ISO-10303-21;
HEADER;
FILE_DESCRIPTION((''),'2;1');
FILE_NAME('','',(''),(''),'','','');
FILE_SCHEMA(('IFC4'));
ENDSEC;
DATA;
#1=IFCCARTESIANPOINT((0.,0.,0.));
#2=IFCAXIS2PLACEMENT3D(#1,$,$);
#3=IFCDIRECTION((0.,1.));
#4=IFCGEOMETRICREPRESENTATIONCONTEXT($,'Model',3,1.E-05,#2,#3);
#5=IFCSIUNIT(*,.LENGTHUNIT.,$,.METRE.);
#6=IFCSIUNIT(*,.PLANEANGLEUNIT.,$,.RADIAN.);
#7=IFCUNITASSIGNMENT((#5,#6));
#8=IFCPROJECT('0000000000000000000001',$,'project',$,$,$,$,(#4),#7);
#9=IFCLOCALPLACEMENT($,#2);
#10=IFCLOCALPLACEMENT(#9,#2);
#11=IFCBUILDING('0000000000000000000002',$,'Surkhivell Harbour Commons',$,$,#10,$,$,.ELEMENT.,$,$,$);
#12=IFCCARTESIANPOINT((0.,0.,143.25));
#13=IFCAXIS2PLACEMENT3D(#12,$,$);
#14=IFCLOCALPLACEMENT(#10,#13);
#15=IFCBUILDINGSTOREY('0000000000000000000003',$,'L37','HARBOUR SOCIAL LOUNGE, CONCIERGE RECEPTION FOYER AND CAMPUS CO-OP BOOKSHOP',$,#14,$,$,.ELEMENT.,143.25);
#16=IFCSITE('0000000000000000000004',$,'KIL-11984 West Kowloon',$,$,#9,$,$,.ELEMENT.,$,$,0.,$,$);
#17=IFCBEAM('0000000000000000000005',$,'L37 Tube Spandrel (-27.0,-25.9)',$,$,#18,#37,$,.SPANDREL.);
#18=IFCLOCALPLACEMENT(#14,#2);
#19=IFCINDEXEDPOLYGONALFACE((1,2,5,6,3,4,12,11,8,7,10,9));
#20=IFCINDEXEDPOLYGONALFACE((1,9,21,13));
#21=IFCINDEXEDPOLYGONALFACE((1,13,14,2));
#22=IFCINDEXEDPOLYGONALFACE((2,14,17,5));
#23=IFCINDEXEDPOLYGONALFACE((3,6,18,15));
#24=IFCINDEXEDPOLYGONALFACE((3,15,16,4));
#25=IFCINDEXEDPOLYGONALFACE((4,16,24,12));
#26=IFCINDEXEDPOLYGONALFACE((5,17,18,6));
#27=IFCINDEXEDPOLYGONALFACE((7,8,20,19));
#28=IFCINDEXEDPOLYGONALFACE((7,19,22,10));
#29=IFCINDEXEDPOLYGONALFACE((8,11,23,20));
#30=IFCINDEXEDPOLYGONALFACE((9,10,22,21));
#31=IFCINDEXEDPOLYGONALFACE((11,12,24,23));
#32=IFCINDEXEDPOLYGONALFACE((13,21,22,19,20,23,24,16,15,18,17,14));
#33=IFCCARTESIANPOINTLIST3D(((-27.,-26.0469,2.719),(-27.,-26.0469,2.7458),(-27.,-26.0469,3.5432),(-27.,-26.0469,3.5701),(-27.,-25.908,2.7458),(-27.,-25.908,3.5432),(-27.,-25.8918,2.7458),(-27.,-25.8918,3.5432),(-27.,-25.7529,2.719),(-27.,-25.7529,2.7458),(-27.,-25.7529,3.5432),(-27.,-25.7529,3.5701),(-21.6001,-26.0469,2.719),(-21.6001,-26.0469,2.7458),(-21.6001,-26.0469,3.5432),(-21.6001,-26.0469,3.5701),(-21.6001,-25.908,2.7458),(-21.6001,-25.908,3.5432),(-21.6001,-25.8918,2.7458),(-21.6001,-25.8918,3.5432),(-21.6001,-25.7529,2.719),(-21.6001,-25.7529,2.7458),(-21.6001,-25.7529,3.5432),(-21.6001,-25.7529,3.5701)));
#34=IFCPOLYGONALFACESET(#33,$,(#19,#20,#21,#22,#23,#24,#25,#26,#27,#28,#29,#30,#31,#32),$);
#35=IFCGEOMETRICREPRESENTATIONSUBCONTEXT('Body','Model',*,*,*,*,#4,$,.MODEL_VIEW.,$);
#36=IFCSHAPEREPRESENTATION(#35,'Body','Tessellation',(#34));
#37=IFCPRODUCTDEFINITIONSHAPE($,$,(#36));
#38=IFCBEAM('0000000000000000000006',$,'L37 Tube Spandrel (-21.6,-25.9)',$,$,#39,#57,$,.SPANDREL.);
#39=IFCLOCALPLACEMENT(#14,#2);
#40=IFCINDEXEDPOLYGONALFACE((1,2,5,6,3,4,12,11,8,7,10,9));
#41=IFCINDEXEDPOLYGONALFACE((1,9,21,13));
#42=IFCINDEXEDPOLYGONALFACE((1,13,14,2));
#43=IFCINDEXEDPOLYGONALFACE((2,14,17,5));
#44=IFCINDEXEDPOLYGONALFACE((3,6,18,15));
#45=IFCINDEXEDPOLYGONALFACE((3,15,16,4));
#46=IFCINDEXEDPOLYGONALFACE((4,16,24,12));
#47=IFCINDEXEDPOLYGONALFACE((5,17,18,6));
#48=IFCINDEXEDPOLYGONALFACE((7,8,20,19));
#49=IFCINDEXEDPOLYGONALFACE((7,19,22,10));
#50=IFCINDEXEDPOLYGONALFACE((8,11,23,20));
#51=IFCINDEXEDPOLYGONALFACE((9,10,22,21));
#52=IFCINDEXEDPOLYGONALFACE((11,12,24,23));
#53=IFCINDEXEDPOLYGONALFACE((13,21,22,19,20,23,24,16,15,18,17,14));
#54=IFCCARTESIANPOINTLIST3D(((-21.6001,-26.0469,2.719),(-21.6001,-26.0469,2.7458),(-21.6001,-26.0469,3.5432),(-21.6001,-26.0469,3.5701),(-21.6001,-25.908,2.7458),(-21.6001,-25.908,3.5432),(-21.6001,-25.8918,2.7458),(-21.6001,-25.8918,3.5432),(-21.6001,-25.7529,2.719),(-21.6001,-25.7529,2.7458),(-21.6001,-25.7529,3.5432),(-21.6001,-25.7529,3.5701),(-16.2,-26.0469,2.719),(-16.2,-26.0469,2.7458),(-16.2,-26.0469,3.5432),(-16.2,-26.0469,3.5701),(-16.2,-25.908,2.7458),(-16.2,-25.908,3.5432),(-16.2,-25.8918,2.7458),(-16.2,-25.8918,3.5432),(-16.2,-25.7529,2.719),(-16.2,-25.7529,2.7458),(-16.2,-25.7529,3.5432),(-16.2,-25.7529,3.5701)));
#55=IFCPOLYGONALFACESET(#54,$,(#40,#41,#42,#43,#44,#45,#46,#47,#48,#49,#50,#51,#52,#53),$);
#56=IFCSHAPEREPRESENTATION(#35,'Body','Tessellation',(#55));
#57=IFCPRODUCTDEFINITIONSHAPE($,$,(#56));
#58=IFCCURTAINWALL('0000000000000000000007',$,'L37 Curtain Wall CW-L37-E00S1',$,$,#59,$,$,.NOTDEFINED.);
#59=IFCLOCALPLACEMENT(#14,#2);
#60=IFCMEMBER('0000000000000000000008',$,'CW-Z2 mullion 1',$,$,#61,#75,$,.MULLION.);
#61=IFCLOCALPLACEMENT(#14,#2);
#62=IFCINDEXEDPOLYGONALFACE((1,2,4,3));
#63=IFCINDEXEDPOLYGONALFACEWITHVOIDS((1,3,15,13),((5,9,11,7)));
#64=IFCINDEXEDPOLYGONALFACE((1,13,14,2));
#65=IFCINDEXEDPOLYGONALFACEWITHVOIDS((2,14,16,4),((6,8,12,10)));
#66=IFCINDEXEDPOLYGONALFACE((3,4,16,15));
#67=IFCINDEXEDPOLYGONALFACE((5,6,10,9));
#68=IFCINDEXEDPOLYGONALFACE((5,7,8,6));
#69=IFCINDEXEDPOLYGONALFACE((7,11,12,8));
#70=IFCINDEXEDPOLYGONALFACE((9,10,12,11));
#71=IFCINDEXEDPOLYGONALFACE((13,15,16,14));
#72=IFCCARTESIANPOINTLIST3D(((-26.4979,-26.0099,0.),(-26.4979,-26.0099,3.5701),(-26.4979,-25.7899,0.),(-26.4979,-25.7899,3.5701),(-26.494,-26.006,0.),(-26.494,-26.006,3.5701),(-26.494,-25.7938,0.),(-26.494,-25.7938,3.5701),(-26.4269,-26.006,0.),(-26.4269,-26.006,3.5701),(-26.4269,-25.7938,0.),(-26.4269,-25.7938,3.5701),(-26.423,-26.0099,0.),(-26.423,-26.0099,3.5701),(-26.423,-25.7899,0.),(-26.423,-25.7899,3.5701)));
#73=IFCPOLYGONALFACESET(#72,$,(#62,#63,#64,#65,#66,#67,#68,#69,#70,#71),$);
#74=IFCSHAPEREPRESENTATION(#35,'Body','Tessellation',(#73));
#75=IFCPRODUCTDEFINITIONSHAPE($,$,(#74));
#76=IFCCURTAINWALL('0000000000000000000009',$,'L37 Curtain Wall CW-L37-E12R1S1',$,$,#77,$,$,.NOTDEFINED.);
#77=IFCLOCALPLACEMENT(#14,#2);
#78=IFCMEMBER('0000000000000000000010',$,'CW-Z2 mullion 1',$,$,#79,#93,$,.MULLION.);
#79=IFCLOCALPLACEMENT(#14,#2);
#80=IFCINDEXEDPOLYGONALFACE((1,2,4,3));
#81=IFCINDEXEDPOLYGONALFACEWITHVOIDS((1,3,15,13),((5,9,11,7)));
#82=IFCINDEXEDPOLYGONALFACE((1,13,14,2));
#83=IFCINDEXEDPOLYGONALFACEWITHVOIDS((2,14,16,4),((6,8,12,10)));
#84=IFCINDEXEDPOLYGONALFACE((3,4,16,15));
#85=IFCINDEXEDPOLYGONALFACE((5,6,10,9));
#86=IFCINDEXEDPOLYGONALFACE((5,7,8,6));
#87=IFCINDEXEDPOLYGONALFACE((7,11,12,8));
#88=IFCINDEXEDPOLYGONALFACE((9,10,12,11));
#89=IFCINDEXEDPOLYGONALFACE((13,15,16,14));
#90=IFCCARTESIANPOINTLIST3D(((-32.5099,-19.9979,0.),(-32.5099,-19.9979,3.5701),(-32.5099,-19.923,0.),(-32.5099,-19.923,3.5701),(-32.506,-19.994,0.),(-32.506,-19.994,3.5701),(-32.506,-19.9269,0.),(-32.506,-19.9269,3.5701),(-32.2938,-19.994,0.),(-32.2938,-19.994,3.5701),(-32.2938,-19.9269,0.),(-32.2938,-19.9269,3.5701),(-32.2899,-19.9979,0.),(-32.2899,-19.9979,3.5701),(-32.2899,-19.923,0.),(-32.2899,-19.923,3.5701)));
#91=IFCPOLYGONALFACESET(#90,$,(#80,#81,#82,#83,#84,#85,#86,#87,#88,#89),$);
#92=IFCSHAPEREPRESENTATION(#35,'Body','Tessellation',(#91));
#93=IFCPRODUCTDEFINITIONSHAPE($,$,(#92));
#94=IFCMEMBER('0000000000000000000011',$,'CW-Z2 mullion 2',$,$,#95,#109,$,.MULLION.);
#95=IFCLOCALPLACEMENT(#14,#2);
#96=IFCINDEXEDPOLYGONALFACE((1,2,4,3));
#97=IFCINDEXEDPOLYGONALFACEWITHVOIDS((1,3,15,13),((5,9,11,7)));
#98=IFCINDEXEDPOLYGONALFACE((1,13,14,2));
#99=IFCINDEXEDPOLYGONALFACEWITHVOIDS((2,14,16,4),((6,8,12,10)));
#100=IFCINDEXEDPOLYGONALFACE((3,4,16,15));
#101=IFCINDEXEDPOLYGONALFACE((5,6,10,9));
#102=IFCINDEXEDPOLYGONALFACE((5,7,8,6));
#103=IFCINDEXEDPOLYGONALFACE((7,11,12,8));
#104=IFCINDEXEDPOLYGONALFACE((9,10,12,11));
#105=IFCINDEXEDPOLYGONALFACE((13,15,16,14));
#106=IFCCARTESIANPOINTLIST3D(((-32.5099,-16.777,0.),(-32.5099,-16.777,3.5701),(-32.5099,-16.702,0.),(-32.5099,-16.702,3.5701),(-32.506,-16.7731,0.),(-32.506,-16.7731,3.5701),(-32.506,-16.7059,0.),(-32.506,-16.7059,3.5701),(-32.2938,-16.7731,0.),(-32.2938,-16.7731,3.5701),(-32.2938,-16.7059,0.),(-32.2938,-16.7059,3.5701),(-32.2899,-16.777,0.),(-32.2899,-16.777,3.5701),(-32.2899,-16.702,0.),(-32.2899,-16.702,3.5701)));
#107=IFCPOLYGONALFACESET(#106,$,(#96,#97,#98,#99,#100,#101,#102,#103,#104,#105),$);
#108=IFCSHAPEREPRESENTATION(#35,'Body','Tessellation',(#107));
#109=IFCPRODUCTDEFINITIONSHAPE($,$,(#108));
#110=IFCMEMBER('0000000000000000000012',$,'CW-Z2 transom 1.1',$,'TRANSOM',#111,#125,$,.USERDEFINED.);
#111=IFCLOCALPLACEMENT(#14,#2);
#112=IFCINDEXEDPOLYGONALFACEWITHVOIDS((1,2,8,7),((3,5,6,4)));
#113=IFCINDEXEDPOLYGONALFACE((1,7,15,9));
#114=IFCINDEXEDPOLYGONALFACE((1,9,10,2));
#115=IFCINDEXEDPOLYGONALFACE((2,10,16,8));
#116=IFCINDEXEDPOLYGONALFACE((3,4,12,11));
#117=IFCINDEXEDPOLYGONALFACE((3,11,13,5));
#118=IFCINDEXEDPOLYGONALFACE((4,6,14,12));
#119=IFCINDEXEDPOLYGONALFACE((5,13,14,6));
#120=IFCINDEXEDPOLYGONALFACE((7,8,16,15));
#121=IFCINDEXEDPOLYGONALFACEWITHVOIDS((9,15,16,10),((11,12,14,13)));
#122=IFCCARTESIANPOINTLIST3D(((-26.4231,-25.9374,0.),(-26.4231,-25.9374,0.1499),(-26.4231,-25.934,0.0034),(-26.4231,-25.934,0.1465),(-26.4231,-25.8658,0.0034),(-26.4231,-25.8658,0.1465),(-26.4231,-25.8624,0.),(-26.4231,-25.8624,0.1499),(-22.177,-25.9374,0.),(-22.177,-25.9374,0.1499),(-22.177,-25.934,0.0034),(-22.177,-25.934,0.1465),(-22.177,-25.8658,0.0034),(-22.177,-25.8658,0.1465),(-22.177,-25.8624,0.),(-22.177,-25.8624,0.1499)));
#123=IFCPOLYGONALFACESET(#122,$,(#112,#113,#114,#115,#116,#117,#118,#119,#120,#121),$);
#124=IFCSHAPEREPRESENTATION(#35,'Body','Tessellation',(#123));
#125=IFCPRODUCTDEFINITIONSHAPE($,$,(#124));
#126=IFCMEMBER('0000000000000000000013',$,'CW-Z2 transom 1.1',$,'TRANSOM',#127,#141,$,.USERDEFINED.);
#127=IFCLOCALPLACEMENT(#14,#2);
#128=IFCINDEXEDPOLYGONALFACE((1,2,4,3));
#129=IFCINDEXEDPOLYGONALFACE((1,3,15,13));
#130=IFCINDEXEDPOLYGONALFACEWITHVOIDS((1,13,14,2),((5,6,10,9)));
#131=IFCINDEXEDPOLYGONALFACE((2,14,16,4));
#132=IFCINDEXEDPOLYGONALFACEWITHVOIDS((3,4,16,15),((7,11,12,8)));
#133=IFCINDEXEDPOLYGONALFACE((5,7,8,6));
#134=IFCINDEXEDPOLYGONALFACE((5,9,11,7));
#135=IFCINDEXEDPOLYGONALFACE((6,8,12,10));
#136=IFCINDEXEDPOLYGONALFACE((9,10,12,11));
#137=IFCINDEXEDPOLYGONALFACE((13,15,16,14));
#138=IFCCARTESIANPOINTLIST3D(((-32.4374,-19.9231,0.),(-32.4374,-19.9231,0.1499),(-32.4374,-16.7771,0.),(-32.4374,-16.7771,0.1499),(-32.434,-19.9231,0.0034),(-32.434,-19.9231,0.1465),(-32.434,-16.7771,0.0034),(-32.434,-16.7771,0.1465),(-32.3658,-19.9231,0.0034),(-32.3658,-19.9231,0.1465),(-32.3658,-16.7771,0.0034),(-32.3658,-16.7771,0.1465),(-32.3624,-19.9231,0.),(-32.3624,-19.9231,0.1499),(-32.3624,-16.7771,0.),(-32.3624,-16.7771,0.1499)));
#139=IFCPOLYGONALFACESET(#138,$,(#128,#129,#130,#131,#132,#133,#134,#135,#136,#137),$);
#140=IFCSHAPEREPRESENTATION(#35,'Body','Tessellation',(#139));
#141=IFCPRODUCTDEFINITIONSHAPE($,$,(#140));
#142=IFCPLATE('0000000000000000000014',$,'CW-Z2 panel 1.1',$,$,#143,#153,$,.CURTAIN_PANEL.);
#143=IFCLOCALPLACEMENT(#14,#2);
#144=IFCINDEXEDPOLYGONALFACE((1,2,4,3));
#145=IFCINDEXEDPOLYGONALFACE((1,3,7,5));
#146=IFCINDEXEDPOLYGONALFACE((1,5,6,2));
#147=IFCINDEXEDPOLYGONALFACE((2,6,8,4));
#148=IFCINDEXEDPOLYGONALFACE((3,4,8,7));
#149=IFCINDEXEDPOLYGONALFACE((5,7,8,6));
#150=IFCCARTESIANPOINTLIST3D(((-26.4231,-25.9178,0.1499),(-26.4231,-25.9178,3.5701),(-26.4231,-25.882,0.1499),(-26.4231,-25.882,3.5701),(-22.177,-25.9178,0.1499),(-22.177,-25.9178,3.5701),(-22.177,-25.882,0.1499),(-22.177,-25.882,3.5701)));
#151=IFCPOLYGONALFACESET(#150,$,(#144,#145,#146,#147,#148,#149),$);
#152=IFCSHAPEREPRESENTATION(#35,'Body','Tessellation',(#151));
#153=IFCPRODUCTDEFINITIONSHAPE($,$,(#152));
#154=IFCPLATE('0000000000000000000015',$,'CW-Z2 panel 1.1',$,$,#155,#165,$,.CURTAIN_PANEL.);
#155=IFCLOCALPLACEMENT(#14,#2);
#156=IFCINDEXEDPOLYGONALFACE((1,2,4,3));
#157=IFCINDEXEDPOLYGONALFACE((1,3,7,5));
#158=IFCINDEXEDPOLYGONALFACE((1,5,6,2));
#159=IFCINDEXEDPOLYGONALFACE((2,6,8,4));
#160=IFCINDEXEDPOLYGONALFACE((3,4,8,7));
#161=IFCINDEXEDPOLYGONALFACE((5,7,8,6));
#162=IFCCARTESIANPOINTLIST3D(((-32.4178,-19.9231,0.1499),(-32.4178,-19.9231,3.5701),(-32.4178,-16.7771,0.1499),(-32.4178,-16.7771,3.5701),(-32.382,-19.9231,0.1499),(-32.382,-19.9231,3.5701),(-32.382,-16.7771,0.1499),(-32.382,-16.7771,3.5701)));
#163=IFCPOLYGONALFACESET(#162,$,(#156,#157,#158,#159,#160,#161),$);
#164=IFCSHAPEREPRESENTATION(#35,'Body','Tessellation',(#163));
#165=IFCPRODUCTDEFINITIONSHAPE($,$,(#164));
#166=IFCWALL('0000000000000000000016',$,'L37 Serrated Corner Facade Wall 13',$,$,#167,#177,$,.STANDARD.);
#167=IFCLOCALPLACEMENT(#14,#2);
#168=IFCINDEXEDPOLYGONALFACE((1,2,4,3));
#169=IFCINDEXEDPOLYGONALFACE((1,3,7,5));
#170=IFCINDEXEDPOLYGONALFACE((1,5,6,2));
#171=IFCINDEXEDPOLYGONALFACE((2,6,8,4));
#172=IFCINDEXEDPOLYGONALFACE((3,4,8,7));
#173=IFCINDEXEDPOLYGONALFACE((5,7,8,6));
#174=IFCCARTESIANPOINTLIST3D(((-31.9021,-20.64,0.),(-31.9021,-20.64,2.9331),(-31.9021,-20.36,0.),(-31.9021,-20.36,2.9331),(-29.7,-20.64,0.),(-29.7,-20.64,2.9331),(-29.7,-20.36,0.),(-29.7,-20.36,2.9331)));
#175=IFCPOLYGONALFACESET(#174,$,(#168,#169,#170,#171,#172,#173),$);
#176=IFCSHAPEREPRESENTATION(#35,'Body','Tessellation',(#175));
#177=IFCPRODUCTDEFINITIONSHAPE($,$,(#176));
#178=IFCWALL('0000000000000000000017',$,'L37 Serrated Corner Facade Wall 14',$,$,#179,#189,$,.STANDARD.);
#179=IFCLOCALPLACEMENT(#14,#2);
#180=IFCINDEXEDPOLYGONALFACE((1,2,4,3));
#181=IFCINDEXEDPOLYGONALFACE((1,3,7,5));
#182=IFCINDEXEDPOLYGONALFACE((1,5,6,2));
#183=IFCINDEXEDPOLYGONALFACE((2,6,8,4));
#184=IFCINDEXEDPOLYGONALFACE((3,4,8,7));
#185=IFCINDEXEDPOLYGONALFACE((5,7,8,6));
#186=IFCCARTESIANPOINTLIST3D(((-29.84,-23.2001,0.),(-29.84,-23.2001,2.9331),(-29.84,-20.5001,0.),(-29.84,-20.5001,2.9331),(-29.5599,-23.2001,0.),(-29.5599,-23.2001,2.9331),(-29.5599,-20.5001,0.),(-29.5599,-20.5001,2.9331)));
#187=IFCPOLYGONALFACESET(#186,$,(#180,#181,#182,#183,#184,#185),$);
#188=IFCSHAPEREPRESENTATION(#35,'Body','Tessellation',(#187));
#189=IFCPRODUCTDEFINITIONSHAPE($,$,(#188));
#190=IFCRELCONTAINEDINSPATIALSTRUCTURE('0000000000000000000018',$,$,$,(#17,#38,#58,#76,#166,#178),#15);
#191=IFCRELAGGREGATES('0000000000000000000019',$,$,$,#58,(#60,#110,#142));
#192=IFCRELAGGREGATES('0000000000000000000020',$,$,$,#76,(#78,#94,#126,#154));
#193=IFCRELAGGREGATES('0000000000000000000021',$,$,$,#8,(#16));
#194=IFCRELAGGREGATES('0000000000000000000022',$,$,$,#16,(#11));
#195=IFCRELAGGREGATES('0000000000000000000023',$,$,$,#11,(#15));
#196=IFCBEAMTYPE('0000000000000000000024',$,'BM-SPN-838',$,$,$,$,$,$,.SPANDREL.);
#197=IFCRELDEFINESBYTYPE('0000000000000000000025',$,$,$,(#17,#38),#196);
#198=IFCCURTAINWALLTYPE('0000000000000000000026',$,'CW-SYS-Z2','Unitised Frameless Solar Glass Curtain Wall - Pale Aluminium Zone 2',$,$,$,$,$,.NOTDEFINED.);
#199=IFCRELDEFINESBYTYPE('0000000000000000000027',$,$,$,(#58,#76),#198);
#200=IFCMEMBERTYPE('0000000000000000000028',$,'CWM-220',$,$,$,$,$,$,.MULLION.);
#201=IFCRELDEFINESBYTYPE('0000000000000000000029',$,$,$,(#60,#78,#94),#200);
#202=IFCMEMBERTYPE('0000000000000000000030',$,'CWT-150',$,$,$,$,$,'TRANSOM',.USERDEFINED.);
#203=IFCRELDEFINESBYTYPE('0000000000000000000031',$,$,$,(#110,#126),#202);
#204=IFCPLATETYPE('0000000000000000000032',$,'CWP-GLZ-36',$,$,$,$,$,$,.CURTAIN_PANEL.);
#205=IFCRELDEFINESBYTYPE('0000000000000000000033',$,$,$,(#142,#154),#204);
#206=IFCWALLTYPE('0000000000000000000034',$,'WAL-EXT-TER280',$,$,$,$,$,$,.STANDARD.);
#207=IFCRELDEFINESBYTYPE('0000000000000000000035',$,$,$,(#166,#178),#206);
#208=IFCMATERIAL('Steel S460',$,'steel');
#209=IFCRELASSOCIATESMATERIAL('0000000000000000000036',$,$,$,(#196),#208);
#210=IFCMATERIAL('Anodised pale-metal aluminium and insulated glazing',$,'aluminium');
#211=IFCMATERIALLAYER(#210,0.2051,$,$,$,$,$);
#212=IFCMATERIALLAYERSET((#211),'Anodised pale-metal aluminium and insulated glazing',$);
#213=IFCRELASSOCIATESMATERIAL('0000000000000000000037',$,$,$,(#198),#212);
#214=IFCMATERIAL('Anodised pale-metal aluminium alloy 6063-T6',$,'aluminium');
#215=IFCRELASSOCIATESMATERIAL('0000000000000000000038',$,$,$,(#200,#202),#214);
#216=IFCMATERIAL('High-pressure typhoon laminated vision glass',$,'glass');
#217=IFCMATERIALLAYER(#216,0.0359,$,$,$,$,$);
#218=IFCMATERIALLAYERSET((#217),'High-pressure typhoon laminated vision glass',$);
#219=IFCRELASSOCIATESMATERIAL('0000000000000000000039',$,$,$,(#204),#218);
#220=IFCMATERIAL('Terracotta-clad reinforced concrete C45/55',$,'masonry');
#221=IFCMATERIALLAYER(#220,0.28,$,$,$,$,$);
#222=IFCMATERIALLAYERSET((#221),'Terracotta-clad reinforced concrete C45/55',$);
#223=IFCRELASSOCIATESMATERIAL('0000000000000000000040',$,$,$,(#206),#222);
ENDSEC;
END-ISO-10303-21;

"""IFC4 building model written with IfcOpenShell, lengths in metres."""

from ifc_helpers import new_model, si_unit, direction, frame, frame_2d, origin, origin_2d, place, context, subcontext, project, spatial, rectangle, hollow_rectangle, i_section, extrude, material, layer, layer_set, material_profile, profile_set, type_object, element, aggregate, save


model = new_model("IFC4")

# Units and contexts
model_context = context("Model", 3, precision=1e-05, world=origin(), true_north=direction((0.0, 1.0)))
body_context = subcontext(model_context, "Body", "Model", "MODEL_VIEW")
ifc_project = project(units=[si_unit("LENGTHUNIT", "METRE"), si_unit("PLANEANGLEUNIT", "RADIAN")], contexts=[model_context])

# Site, building, storey
site_placement = place(None, origin())
site = spatial("IfcSite", under=ifc_project, at=site_placement, Name="KIL-11984 West Kowloon", CompositionType="ELEMENT", RefElevation=0.0)
building_placement = place(site_placement, origin())
building = spatial("IfcBuilding", under=site, at=building_placement, Name="Surkhivell Harbour Commons", CompositionType="ELEMENT")
storey_placement = place(building_placement, frame((0.0, 0.0, 143.25)))
storey = spatial("IfcBuildingStorey", under=building, at=storey_placement, Name="L37", Description="HARBOUR SOCIAL LOUNGE, CONCIERGE RECEPTION FOYER AND CAMPUS CO-OP BOOKSHOP", CompositionType="ELEMENT", Elevation=143.25)

# Beams
ifc_material_1 = material(Name="Steel S460", Category="steel")
ifc_material_profile_1 = material_profile(ifc_material_1, i_section(OverallWidth=0.2939, OverallDepth=0.8511, WebThickness=0.0161, FlangeThickness=0.0269, at=origin_2d()), Name="UB838x292x226")
ifc_profile_set_1 = profile_set([ifc_material_profile_1], Name="Steel S460")
beam_type_1 = type_object("IfcBeamType", Name="BM-SPN-838", PredefinedType="SPANDREL", material=ifc_profile_set_1)
for number, where, z_axis, x_axis, name in (
    (1, (-27.0, -25.8999, 3.1445), (1.0, 0.0, 0.0), (0.0, 1.0, 0.0), "L37 Tube Spandrel (-27.0,-25.9)"),
):
    element("IfcBeam", number, at=place(storey_placement, frame(where, z_axis=z_axis, x_axis=x_axis)), inside=storey, type_object=beam_type_1, Name=name, PredefinedType="SPANDREL", context=body_context, shape_type="SweptSolid", body=[
        extrude(i_section(OverallWidth=0.2939, OverallDepth=0.8511, WebThickness=0.0161, FlangeThickness=0.0269, at=origin_2d()), origin(), (0.0, 0.0, 1.0), 5.3999),
    ])
beam_1_placement = place(storey_placement, frame((-21.6001, -25.8999, 3.1445), z_axis=(1.0, 0.0, 0.0), x_axis=(0.0, 1.0, 0.0)))
element("IfcBeam", 2, at=beam_1_placement, inside=storey, type_object=beam_type_1, Name="L37 Tube Spandrel (-21.6,-25.9)", PredefinedType="SPANDREL", context=body_context, shape_type="SweptSolid", body=[
    extrude(i_section(OverallWidth=0.2939, OverallDepth=0.8511, WebThickness=0.0161, FlangeThickness=0.0269, at=origin_2d()), origin(), (0.0, 0.0, 1.0), 5.4001),
])

# Curtain wall, member
ifc_material_2 = material(Name="Anodised pale-metal aluminium and insulated glazing", Category="aluminium")
ifc_layer_1 = layer(ifc_material_2, 0.2051)
ifc_layer_set_1 = layer_set([ifc_layer_1], Name="Anodised pale-metal aluminium and insulated glazing")
curtain_wall_type = type_object("IfcCurtainWallType", Name="CW-SYS-Z2", Description="Unitised Frameless Solar Glass Curtain Wall - Pale Aluminium Zone 2", PredefinedType="NOTDEFINED", material=ifc_layer_set_1)
curtain_wall_1_placement = place(storey_placement, origin())
curtain_wall_1 = element("IfcCurtainWall", 3, at=curtain_wall_1_placement, inside=storey, type_object=curtain_wall_type, Name="L37 Curtain Wall CW-L37-E00S1", PredefinedType="NOTDEFINED")
ifc_material_3 = material(Name="Anodised pale-metal aluminium alloy 6063-T6", Category="aluminium")
ifc_material_profile_2 = material_profile(ifc_material_3, hollow_rectangle(XDim=0.075, YDim=0.22, WallThickness=0.0039, at=origin_2d()), Name="ALU-MULL-75x220")
ifc_profile_set_2 = profile_set([ifc_material_profile_2], Name="Anodised pale-metal aluminium alloy 6063-T6")
member_type_1 = type_object("IfcMemberType", Name="CWM-220", PredefinedType="MULLION", material=ifc_profile_set_2)
member_1_placement = place(storey_placement, frame((-26.4604, -25.8999, 0.0), z_axis=(0.0, 0.0, 1.0), x_axis=(1.0, 0.0, 0.0)))
member_1 = element("IfcMember", 4, at=member_1_placement, type_object=member_type_1, Name="CW-Z2 mullion 1", PredefinedType="MULLION", context=body_context, shape_type="SweptSolid", body=[
    extrude(hollow_rectangle(XDim=0.075, YDim=0.22, WallThickness=0.0039, at=origin_2d()), origin(), (0.0, 0.0, 1.0), 3.5701),
])

# Curtain wall, members
curtain_wall_2_placement = place(storey_placement, origin())
curtain_wall_2 = element("IfcCurtainWall", 5, at=curtain_wall_2_placement, inside=storey, type_object=curtain_wall_type, Name="L37 Curtain Wall CW-L37-E12R1S1", PredefinedType="NOTDEFINED")
member_2_placement = place(storey_placement, frame((-32.3999, -19.9604, 0.0), z_axis=(0.0, 0.0, 1.0), x_axis=(0.0, 1.0, 0.0)))
member_2 = element("IfcMember", 6, at=member_2_placement, type_object=member_type_1, Name="CW-Z2 mullion 1", PredefinedType="MULLION", context=body_context, shape_type="SweptSolid", body=[
    extrude(hollow_rectangle(XDim=0.075, YDim=0.22, WallThickness=0.0039, at=origin_2d()), origin(), (0.0, 0.0, 1.0), 3.5701),
])
member_3_placement = place(storey_placement, frame((-32.3999, -16.7395, 0.0), z_axis=(0.0, 0.0, 1.0), x_axis=(0.0, 1.0, 0.0)))
member_3 = element("IfcMember", 7, at=member_3_placement, type_object=member_type_1, Name="CW-Z2 mullion 2", PredefinedType="MULLION", context=body_context, shape_type="SweptSolid", body=[
    extrude(hollow_rectangle(XDim=0.075, YDim=0.22, WallThickness=0.0039, at=origin_2d()), origin(), (0.0, 0.0, 1.0), 3.5701),
])

# Members
ifc_material_profile_3 = material_profile(ifc_material_3, hollow_rectangle(XDim=0.075, YDim=0.1499, WallThickness=0.0034, at=origin_2d()), Name="ALU-TRAN-75x150")
ifc_profile_set_3 = profile_set([ifc_material_profile_3], Name="Anodised pale-metal aluminium alloy 6063-T6")
member_type_2 = type_object("IfcMemberType", Name="CWT-150", ElementType="TRANSOM", PredefinedType="USERDEFINED", material=ifc_profile_set_3)
member_4_placement = place(storey_placement, frame((-26.4231, -25.8999, 0.075), z_axis=(1.0, 0.0, 0.0), x_axis=(0.0, 1.0, 0.0)))
member_4 = element("IfcMember", 8, at=member_4_placement, type_object=member_type_2, Name="CW-Z2 transom 1.1", ObjectType="TRANSOM", PredefinedType="USERDEFINED", context=body_context, shape_type="SweptSolid", body=[
    extrude(hollow_rectangle(XDim=0.075, YDim=0.1499, WallThickness=0.0034, at=origin_2d()), origin(), (0.0, 0.0, 1.0), 4.2461),
])
member_5_placement = place(storey_placement, frame((-32.3999, -19.9231, 0.075), z_axis=(0.0, 1.0, 0.0), x_axis=(-1.0, 0.0, 0.0)))
member_5 = element("IfcMember", 9, at=member_5_placement, type_object=member_type_2, Name="CW-Z2 transom 1.1", ObjectType="TRANSOM", PredefinedType="USERDEFINED", context=body_context, shape_type="SweptSolid", body=[
    extrude(hollow_rectangle(XDim=0.075, YDim=0.1499, WallThickness=0.0034, at=origin_2d()), origin(), (0.0, 0.0, 1.0), 3.146),
])

# Plates
ifc_material_4 = material(Name="High-pressure typhoon laminated vision glass", Category="glass")
ifc_layer_2 = layer(ifc_material_4, 0.0359)
ifc_layer_set_2 = layer_set([ifc_layer_2], Name="High-pressure typhoon laminated vision glass")
plate_type = type_object("IfcPlateType", Name="CWP-GLZ-36", PredefinedType="CURTAIN_PANEL", material=ifc_layer_set_2)
plate_1_placement = place(storey_placement, frame((-26.4231, -25.8999, 0.1499), z_axis=(0.0, 0.0, 1.0), x_axis=(1.0, 0.0, 0.0)))
plate_1 = element("IfcPlate", 10, at=plate_1_placement, type_object=plate_type, Name="CW-Z2 panel 1.1", PredefinedType="CURTAIN_PANEL", context=body_context, shape_type="SweptSolid", body=[
    extrude(rectangle(XDim=4.2461, YDim=0.0359, at=frame_2d((2.123, 0.0))), origin(), (0.0, 0.0, 1.0), 3.4202),
])
aggregate(curtain_wall_1, [member_1, member_4, plate_1])
plate_2_placement = place(storey_placement, frame((-32.3999, -19.9231, 0.1499), z_axis=(0.0, 0.0, 1.0), x_axis=(0.0, 1.0, 0.0)))
plate_2 = element("IfcPlate", 11, at=plate_2_placement, type_object=plate_type, Name="CW-Z2 panel 1.1", PredefinedType="CURTAIN_PANEL", context=body_context, shape_type="SweptSolid", body=[
    extrude(rectangle(XDim=3.146, YDim=0.0359, at=frame_2d((1.573, 0.0))), origin(), (0.0, 0.0, 1.0), 3.4202),
])
aggregate(curtain_wall_2, [member_2, member_3, member_5, plate_2])

# Walls
ifc_material_5 = material(Name="Terracotta-clad reinforced concrete C45/55", Category="masonry")
ifc_layer_3 = layer(ifc_material_5, 0.28)
ifc_layer_set_3 = layer_set([ifc_layer_3], Name="Terracotta-clad reinforced concrete C45/55")
wall_type = type_object("IfcWallType", Name="WAL-EXT-TER280", PredefinedType="STANDARD", material=ifc_layer_set_3)
wall_1_placement = place(storey_placement, frame((-31.9021, -20.5, 0.0), z_axis=(0.0, 0.0, 1.0), x_axis=(1.0, 0.0, 0.0)))
element("IfcWall", 12, at=wall_1_placement, inside=storey, type_object=wall_type, Name="L37 Serrated Corner Facade Wall 13", PredefinedType="STANDARD", context=body_context, shape_type="SweptSolid", body=[
    extrude(rectangle(XDim=2.2021, YDim=0.28, at=frame_2d((1.1011, 0.0))), origin(), (0.0, 0.0, 1.0), 2.9331),
])
for number, where, z_axis, x_axis, name in (
    (13, (-29.7, -20.5, 0.0), (0.0, 0.0, 1.0), (0.0, -1.0, 0.0), "L37 Serrated Corner Facade Wall 14"),
):
    element("IfcWall", number, at=place(storey_placement, frame(where, z_axis=z_axis, x_axis=x_axis)), inside=storey, type_object=wall_type, Name=name, PredefinedType="STANDARD", context=body_context, shape_type="SweptSolid", body=[
        extrude(rectangle(XDim=2.7, YDim=0.28, at=frame_2d((1.3501, 0.0))), origin(), (0.0, 0.0, 1.0), 2.9331),
    ])

save(model, "model.ifc")
